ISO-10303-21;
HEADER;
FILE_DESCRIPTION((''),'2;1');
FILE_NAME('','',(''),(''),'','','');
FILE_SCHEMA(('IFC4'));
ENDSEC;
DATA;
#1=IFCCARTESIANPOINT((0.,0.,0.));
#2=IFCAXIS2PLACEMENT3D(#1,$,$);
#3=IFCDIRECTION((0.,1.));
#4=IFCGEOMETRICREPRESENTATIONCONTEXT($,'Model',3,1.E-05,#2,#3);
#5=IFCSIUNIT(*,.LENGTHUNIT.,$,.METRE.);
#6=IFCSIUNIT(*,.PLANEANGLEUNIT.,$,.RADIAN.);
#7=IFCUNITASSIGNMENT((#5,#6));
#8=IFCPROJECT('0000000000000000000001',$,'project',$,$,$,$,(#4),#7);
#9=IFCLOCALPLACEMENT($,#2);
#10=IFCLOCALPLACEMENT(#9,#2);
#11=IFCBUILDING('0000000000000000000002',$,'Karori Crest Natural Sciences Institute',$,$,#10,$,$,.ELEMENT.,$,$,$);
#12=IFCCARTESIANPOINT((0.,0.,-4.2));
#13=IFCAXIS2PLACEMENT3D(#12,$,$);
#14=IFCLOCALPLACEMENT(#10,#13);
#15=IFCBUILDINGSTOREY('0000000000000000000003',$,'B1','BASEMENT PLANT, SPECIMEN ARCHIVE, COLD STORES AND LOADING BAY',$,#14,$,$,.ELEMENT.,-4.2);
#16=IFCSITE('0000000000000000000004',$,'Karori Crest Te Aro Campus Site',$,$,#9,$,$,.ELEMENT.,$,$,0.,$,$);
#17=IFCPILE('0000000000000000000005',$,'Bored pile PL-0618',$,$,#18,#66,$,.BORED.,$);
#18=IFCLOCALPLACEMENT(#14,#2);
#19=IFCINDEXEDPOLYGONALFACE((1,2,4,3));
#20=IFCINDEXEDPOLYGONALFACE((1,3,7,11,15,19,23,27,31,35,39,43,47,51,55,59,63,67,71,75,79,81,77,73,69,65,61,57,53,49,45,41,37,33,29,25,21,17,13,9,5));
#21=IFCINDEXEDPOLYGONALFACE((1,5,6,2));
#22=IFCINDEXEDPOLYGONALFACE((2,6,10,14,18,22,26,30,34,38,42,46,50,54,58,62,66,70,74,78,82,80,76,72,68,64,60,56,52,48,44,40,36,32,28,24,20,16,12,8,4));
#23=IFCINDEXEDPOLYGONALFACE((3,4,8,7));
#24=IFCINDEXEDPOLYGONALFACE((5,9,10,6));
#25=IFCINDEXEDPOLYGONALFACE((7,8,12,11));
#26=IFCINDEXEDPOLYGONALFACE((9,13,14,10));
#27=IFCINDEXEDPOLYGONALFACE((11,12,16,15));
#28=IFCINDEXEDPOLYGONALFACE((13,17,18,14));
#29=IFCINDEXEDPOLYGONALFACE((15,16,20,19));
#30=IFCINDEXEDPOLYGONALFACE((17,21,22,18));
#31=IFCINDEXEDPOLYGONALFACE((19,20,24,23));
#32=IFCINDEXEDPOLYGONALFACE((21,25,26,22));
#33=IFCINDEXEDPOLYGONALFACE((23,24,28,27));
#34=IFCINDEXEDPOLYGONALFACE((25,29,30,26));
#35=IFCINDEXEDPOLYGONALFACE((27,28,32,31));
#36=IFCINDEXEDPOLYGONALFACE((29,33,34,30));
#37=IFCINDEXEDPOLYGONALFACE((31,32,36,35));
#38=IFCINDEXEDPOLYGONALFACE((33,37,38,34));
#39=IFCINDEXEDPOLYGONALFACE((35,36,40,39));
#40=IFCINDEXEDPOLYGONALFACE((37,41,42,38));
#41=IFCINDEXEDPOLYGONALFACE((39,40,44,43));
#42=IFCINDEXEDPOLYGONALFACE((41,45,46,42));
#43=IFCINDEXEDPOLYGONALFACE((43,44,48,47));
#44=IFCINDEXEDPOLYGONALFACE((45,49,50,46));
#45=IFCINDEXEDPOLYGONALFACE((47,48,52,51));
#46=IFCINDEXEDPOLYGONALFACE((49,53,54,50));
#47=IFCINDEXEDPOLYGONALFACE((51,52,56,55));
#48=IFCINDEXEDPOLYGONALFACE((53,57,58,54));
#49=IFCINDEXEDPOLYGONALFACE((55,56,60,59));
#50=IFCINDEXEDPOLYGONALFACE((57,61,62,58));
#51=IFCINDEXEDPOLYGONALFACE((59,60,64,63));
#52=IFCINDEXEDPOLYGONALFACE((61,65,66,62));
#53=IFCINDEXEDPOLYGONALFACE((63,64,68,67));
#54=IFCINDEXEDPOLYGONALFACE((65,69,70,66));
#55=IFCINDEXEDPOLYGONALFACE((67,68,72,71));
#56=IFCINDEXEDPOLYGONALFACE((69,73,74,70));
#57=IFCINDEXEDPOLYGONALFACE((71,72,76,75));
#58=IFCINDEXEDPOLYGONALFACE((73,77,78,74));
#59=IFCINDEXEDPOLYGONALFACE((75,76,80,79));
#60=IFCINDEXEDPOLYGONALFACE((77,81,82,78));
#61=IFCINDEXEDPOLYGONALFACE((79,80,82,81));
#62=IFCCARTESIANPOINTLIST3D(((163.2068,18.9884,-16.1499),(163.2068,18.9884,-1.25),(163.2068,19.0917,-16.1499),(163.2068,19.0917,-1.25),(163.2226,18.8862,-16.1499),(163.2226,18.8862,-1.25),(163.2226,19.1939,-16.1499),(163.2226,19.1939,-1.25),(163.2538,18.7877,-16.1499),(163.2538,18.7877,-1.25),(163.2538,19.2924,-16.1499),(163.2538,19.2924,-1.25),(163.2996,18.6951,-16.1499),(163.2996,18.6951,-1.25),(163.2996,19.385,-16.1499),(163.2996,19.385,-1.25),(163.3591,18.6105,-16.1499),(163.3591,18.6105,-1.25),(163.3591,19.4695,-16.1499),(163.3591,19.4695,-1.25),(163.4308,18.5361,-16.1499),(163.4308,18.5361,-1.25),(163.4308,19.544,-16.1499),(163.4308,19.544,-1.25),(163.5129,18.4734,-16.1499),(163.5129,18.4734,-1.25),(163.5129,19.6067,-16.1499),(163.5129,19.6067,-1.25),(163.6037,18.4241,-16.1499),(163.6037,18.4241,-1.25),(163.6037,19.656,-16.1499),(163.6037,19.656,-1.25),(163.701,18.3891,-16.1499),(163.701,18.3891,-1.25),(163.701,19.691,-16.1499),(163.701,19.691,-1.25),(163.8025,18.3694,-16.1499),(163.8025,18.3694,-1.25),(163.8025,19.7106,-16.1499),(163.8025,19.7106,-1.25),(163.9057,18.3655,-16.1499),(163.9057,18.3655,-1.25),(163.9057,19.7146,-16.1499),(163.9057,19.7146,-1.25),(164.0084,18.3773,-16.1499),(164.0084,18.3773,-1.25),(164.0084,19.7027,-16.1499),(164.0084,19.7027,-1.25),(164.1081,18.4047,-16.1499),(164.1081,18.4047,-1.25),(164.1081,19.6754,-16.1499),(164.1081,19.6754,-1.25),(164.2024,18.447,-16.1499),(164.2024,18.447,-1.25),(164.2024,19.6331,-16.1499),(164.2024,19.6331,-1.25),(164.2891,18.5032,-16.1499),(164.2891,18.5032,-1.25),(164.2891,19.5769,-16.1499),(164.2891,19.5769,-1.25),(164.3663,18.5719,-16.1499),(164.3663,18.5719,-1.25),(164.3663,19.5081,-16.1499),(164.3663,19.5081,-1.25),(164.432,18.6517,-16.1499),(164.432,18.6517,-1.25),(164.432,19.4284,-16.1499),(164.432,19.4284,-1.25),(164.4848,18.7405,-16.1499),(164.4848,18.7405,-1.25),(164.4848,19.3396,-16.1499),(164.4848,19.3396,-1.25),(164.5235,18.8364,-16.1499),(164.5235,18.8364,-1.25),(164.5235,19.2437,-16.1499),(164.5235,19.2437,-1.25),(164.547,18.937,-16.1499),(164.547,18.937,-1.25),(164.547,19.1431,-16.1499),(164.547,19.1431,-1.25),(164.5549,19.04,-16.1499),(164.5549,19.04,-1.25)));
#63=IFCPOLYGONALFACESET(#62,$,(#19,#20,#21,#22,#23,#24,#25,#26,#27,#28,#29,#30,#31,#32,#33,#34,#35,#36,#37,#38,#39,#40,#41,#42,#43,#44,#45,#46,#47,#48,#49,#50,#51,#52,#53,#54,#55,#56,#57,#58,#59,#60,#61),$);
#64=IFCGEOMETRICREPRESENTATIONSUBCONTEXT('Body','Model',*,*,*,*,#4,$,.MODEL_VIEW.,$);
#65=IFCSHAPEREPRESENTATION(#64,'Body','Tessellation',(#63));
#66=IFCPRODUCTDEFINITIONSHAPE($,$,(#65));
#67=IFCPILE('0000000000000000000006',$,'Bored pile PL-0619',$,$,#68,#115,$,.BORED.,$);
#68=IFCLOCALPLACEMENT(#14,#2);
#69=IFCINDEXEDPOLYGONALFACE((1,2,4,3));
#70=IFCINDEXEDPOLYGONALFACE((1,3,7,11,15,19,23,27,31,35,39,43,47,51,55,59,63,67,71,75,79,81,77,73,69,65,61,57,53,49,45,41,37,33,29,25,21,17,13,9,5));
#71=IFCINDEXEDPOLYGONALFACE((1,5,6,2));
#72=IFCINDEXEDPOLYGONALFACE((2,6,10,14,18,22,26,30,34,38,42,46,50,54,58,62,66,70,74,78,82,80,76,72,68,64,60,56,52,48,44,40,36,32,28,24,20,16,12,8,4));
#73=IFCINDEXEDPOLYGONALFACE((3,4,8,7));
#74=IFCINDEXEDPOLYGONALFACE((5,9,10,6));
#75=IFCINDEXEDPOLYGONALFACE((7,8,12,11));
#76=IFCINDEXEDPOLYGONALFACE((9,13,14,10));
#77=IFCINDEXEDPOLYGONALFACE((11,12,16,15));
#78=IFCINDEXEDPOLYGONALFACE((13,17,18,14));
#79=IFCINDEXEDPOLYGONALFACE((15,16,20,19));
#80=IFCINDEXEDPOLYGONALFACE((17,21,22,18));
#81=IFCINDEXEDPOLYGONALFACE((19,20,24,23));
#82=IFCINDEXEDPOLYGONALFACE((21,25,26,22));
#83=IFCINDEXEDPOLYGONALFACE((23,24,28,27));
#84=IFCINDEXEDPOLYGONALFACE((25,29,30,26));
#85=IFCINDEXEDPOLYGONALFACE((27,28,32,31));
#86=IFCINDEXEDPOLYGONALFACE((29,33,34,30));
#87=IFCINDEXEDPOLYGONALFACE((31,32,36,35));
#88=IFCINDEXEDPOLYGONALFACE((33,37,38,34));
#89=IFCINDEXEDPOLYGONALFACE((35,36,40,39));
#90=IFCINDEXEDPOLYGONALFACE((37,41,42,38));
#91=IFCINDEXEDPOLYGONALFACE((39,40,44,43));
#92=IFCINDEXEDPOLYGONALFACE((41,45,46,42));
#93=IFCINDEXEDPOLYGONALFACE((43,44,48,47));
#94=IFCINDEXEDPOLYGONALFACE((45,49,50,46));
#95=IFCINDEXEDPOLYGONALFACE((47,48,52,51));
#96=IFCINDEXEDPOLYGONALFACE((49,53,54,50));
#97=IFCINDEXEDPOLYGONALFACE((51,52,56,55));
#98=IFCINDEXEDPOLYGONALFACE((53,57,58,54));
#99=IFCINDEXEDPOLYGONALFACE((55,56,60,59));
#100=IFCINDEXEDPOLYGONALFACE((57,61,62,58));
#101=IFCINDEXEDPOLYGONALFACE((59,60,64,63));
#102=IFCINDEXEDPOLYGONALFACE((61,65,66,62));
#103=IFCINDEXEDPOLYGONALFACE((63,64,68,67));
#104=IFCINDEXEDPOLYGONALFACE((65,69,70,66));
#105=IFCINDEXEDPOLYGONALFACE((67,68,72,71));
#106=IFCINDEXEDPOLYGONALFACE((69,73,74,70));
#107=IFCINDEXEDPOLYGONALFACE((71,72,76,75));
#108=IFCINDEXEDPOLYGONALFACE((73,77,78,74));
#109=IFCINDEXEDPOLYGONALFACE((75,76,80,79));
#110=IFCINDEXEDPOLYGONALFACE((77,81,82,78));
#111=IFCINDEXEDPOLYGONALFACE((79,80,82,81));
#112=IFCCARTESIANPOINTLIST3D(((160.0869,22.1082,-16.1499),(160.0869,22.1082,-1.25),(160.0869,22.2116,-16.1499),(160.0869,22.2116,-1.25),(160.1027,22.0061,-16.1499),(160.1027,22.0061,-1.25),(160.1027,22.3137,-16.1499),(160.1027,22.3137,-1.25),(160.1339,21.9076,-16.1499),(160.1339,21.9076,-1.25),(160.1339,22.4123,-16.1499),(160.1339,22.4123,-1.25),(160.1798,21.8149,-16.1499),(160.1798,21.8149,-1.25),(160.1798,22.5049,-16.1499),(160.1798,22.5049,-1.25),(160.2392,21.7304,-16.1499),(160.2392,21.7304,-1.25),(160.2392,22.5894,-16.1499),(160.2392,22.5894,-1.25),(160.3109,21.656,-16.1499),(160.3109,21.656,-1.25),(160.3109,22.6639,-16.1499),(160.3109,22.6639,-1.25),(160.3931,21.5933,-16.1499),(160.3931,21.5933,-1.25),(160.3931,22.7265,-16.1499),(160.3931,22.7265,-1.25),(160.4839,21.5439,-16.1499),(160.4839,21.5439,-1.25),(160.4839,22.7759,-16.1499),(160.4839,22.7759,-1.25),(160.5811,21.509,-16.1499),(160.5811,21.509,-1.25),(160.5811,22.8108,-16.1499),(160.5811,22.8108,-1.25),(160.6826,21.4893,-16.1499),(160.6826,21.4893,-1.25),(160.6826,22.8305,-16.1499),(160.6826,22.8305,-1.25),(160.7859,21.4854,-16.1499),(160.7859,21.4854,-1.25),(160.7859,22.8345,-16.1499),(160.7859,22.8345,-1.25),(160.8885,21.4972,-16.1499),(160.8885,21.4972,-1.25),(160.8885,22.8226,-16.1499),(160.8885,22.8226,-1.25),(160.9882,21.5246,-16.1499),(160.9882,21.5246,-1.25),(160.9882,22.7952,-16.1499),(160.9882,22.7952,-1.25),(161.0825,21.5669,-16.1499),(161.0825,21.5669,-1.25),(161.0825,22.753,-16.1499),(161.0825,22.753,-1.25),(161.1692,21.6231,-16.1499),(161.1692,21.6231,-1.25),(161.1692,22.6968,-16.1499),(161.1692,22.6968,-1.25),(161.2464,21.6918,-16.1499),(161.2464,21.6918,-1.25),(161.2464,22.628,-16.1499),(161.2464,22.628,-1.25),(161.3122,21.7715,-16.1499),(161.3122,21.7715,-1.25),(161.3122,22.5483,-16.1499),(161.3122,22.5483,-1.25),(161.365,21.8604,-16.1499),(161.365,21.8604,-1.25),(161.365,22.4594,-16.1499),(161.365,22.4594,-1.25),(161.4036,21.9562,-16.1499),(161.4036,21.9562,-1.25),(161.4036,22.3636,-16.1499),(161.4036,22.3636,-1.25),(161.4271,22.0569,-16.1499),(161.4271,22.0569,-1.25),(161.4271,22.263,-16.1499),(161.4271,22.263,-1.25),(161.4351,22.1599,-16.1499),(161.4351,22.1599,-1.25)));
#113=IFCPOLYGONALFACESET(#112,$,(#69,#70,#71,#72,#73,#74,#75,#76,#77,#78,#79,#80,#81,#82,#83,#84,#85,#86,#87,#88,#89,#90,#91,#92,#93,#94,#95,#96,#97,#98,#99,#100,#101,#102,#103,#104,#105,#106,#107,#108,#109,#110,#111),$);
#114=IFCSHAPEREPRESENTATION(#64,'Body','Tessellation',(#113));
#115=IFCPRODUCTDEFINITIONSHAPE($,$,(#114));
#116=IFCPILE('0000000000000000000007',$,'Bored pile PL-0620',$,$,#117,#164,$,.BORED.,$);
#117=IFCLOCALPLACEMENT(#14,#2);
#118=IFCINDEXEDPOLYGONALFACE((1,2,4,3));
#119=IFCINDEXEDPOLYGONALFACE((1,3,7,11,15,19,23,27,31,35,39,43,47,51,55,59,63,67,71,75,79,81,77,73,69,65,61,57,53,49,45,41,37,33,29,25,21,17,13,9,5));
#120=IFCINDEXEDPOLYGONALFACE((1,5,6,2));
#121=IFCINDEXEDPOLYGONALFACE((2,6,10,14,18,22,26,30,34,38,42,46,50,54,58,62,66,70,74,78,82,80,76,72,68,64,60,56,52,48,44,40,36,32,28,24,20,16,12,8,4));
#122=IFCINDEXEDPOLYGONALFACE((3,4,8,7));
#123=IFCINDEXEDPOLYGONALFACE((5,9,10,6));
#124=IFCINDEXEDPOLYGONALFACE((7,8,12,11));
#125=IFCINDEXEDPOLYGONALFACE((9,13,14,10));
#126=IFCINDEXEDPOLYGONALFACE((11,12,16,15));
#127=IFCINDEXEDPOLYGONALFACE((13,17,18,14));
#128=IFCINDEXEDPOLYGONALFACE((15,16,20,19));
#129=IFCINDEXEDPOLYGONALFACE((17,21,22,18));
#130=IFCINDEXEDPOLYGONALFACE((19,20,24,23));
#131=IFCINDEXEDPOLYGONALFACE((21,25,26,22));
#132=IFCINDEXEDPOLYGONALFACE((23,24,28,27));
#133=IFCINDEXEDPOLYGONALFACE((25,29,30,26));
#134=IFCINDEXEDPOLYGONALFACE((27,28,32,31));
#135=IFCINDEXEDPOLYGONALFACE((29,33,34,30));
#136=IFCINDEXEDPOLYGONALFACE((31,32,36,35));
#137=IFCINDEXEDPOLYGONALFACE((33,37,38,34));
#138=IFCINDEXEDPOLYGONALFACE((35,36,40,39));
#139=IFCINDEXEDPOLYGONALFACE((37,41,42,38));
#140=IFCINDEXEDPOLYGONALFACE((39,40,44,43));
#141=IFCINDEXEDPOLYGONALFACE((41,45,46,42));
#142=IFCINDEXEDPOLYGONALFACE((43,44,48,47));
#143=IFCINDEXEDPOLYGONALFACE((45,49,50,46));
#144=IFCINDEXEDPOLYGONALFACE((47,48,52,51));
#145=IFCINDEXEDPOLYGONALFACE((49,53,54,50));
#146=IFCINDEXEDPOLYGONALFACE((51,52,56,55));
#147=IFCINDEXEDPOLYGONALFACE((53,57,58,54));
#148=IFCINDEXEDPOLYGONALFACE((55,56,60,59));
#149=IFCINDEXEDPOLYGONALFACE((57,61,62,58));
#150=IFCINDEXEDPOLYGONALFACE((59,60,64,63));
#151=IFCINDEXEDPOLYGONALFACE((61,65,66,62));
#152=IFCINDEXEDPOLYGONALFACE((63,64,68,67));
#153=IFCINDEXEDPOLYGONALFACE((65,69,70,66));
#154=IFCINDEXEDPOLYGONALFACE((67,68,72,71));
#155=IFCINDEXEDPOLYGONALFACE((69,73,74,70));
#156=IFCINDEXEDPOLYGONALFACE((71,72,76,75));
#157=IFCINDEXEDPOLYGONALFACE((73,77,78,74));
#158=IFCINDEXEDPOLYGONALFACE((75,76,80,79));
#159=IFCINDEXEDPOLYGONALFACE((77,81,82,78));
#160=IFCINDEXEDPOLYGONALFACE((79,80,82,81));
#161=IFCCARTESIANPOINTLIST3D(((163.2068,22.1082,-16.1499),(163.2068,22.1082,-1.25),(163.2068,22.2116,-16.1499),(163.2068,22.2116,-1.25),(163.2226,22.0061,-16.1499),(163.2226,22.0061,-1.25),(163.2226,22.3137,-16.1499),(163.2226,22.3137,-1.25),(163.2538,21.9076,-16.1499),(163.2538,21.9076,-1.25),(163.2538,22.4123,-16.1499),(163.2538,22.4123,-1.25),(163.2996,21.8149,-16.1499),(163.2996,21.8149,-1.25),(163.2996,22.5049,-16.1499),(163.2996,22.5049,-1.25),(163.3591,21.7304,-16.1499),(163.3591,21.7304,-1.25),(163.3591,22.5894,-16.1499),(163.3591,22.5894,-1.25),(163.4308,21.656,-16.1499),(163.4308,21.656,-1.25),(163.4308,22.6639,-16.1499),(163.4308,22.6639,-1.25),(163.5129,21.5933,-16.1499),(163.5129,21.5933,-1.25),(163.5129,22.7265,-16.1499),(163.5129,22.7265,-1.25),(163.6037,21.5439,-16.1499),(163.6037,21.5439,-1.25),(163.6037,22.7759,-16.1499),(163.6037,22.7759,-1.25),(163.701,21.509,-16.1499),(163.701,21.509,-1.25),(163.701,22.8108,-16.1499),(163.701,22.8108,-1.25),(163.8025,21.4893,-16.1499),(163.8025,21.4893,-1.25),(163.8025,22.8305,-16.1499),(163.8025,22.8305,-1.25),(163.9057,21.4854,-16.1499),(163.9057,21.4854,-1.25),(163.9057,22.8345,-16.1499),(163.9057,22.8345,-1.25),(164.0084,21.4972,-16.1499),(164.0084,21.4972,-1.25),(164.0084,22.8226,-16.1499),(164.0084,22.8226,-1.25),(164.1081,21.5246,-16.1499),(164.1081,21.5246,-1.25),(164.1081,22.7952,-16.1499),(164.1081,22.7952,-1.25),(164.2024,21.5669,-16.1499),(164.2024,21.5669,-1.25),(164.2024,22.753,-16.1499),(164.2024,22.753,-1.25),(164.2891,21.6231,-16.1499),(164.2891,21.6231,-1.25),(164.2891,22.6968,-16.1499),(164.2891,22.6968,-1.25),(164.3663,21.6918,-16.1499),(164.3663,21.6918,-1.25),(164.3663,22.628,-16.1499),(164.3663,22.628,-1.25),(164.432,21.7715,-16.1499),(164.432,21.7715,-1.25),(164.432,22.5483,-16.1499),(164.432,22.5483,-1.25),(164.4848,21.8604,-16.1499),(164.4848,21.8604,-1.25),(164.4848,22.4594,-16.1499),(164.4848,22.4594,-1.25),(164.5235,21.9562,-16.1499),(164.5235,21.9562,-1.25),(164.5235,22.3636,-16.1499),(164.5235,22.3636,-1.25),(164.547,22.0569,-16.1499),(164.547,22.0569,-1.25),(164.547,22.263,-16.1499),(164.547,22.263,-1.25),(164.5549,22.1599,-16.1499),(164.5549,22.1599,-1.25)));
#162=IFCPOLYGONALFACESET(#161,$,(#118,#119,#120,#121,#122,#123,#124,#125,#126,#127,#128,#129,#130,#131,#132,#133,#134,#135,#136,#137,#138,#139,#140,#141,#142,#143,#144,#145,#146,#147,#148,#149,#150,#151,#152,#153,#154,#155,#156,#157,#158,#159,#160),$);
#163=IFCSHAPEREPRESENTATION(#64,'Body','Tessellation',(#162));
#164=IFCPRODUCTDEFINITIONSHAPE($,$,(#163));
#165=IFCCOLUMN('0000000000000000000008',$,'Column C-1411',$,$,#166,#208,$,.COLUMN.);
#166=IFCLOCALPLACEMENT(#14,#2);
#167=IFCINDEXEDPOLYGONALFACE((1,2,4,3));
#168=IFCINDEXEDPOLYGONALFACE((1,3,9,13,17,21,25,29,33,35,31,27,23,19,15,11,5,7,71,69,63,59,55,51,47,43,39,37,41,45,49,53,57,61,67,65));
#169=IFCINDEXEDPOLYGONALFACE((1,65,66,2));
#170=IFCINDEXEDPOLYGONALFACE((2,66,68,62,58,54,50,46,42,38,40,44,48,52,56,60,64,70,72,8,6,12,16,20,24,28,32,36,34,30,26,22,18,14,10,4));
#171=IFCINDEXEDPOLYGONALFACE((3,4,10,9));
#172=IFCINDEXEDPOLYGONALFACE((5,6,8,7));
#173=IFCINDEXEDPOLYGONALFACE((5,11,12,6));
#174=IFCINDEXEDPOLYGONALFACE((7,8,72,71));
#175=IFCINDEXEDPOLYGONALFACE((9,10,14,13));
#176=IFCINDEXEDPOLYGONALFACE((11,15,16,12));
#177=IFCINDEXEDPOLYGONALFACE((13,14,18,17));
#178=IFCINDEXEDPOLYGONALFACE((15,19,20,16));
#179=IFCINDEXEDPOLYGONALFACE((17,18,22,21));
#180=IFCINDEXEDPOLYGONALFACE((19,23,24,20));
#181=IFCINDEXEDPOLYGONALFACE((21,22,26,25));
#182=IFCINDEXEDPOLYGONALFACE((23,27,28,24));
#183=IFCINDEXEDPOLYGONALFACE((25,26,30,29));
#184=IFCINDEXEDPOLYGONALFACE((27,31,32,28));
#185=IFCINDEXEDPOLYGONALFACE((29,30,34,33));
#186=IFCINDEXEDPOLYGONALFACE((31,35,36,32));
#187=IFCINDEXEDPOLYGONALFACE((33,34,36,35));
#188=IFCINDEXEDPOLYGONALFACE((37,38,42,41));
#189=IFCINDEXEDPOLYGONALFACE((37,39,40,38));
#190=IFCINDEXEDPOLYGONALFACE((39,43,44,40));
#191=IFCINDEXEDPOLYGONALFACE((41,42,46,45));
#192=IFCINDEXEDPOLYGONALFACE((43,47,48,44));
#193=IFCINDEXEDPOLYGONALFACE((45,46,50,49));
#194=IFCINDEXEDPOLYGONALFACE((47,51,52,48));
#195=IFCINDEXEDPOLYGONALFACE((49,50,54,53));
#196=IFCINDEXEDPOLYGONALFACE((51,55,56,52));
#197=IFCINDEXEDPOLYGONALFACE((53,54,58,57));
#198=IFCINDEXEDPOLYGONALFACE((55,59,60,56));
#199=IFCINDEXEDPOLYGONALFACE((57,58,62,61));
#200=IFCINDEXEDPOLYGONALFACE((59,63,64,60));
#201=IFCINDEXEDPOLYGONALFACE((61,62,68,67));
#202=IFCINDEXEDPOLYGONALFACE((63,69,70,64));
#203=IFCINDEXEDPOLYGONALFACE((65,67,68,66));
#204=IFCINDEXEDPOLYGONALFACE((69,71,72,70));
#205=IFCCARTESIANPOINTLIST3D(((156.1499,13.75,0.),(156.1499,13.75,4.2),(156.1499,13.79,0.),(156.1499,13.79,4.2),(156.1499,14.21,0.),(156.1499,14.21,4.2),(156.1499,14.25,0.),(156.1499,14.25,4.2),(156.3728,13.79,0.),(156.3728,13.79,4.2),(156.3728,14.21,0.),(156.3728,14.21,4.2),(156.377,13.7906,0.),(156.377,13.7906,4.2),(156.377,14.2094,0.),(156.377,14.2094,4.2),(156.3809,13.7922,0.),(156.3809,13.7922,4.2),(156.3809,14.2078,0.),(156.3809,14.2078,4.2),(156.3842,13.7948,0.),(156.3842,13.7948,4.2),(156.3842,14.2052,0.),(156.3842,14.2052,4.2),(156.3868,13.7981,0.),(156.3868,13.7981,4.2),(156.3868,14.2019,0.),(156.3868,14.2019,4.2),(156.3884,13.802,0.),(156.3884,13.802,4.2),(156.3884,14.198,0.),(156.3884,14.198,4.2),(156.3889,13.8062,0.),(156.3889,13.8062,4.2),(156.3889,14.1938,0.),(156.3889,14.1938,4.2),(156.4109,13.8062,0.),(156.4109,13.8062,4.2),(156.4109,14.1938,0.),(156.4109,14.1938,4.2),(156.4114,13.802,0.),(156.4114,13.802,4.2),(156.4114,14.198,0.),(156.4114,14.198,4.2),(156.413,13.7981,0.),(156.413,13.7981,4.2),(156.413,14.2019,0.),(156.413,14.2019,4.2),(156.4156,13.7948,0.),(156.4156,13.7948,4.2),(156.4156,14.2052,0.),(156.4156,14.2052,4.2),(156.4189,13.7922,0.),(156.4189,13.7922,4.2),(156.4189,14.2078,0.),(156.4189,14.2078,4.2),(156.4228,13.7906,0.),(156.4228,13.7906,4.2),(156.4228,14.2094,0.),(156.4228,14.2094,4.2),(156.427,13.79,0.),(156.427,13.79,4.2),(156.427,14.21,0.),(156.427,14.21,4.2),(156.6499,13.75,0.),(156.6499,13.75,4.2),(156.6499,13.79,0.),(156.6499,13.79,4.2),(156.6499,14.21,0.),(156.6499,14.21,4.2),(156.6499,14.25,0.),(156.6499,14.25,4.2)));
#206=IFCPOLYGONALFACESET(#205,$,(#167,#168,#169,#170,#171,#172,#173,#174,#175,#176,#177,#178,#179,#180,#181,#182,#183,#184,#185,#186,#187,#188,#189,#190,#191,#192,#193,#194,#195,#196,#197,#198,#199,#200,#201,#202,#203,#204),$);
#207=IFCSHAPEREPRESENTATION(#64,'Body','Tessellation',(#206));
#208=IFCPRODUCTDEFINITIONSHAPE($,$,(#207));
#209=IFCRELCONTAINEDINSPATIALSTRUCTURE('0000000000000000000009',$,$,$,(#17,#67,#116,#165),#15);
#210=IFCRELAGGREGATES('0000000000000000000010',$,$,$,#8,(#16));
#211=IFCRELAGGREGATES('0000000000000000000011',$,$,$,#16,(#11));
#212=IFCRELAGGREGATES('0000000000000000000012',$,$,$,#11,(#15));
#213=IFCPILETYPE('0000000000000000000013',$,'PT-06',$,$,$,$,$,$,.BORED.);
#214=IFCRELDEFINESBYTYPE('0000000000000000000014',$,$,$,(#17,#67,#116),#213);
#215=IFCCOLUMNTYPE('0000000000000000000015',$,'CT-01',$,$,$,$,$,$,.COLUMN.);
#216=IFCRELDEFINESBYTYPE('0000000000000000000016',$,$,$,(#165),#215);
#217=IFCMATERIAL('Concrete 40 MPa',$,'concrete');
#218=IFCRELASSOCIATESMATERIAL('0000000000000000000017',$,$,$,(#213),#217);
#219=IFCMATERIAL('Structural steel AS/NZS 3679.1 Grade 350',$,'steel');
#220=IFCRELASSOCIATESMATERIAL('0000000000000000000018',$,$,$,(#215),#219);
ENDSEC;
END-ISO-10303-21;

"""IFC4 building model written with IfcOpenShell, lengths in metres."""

from ifc_helpers import new_model, si_unit, direction, frame, origin, origin_2d, place, context, subcontext, project, spatial, circle, i_section, extrude, material, material_profile, profile_set, type_object, element, save


model = new_model("IFC4")

# Units and contexts
model_context = context("Model", 3, precision=1e-05, world=origin(), true_north=direction((0.0, 1.0)))
body_context = subcontext(model_context, "Body", "Model", "MODEL_VIEW")
ifc_project = project(units=[si_unit("LENGTHUNIT", "METRE"), si_unit("PLANEANGLEUNIT", "RADIAN")], contexts=[model_context])

# Site, building, storey
site_placement = place(None, origin())
site = spatial("IfcSite", under=ifc_project, at=site_placement, Name="Karori Crest Te Aro Campus Site", CompositionType="ELEMENT", RefElevation=0.0)
building_placement = place(site_placement, origin())
building = spatial("IfcBuilding", under=site, at=building_placement, Name="Karori Crest Natural Sciences Institute", CompositionType="ELEMENT")
storey_placement = place(building_placement, frame((0.0, 0.0, -4.2)))
storey = spatial("IfcBuildingStorey", under=building, at=storey_placement, Name="B1", Description="BASEMENT PLANT, SPECIMEN ARCHIVE, COLD STORES AND LOADING BAY", CompositionType="ELEMENT", Elevation=-4.2)

# Shared definitions
ifc_material_1 = material(Name="Concrete 40 MPa", Category="concrete")

# Piles
ifc_material_profile_1 = material_profile(ifc_material_1, circle(Radius=0.675, at=origin_2d()), Name="PILE1350")
ifc_profile_set_1 = profile_set([ifc_material_profile_1], Name="Concrete 40 MPa")
pile_type = type_object("IfcPileType", Name="PT-06", PredefinedType="BORED", material=ifc_profile_set_1)
for number, where, z_axis, x_axis, name in (
    (1, (163.8799, 19.04, -1.25), (0.0, 0.0, -1.0), (1.0, 0.0, 0.0), "Bored pile PL-0618"),
    (2, (160.76, 22.1599, -1.25), (0.0, 0.0, -1.0), (1.0, 0.0, 0.0), "Bored pile PL-0619"),
    (3, (163.8799, 22.1599, -1.25), (0.0, 0.0, -1.0), (1.0, 0.0, 0.0), "Bored pile PL-0620"),
):
    element("IfcPile", number, at=place(storey_placement, frame(where, z_axis=z_axis, x_axis=x_axis)), inside=storey, type_object=pile_type, Name=name, PredefinedType="BORED", context=body_context, shape_type="SweptSolid", body=[
        extrude(circle(Radius=0.675, at=origin_2d()), origin(), (0.0, 0.0, 1.0), 14.8999),
    ])

# Column
ifc_material_2 = material(Name="Structural steel AS/NZS 3679.1 Grade 350", Category="steel")
ifc_material_profile_2 = material_profile(ifc_material_2, i_section(OverallWidth=0.5, OverallDepth=0.5, WebThickness=0.022, FlangeThickness=0.04, FilletRadius=0.0161, at=origin_2d()), Name="500WC440")
ifc_profile_set_2 = profile_set([ifc_material_profile_2], Name="Structural steel AS/NZS 3679.1 Grade 350")
column_type = type_object("IfcColumnType", Name="CT-01", PredefinedType="COLUMN", material=ifc_profile_set_2)
for number, where, z_axis, x_axis, name in (
    (4, (156.3999, 14.0, 0.0), (0.0, 0.0, 1.0), (1.0, 0.0, 0.0), "Column C-1411"),
):
    element("IfcColumn", number, at=place(storey_placement, frame(where, z_axis=z_axis, x_axis=x_axis)), inside=storey, type_object=column_type, Name=name, PredefinedType="COLUMN", context=body_context, shape_type="SweptSolid", body=[
        extrude(i_section(OverallWidth=0.5, OverallDepth=0.5, WebThickness=0.022, FlangeThickness=0.04, FilletRadius=0.0161, at=origin_2d()), origin(), (0.0, 0.0, 1.0), 4.2),
    ])

save(model, "model.ifc")
